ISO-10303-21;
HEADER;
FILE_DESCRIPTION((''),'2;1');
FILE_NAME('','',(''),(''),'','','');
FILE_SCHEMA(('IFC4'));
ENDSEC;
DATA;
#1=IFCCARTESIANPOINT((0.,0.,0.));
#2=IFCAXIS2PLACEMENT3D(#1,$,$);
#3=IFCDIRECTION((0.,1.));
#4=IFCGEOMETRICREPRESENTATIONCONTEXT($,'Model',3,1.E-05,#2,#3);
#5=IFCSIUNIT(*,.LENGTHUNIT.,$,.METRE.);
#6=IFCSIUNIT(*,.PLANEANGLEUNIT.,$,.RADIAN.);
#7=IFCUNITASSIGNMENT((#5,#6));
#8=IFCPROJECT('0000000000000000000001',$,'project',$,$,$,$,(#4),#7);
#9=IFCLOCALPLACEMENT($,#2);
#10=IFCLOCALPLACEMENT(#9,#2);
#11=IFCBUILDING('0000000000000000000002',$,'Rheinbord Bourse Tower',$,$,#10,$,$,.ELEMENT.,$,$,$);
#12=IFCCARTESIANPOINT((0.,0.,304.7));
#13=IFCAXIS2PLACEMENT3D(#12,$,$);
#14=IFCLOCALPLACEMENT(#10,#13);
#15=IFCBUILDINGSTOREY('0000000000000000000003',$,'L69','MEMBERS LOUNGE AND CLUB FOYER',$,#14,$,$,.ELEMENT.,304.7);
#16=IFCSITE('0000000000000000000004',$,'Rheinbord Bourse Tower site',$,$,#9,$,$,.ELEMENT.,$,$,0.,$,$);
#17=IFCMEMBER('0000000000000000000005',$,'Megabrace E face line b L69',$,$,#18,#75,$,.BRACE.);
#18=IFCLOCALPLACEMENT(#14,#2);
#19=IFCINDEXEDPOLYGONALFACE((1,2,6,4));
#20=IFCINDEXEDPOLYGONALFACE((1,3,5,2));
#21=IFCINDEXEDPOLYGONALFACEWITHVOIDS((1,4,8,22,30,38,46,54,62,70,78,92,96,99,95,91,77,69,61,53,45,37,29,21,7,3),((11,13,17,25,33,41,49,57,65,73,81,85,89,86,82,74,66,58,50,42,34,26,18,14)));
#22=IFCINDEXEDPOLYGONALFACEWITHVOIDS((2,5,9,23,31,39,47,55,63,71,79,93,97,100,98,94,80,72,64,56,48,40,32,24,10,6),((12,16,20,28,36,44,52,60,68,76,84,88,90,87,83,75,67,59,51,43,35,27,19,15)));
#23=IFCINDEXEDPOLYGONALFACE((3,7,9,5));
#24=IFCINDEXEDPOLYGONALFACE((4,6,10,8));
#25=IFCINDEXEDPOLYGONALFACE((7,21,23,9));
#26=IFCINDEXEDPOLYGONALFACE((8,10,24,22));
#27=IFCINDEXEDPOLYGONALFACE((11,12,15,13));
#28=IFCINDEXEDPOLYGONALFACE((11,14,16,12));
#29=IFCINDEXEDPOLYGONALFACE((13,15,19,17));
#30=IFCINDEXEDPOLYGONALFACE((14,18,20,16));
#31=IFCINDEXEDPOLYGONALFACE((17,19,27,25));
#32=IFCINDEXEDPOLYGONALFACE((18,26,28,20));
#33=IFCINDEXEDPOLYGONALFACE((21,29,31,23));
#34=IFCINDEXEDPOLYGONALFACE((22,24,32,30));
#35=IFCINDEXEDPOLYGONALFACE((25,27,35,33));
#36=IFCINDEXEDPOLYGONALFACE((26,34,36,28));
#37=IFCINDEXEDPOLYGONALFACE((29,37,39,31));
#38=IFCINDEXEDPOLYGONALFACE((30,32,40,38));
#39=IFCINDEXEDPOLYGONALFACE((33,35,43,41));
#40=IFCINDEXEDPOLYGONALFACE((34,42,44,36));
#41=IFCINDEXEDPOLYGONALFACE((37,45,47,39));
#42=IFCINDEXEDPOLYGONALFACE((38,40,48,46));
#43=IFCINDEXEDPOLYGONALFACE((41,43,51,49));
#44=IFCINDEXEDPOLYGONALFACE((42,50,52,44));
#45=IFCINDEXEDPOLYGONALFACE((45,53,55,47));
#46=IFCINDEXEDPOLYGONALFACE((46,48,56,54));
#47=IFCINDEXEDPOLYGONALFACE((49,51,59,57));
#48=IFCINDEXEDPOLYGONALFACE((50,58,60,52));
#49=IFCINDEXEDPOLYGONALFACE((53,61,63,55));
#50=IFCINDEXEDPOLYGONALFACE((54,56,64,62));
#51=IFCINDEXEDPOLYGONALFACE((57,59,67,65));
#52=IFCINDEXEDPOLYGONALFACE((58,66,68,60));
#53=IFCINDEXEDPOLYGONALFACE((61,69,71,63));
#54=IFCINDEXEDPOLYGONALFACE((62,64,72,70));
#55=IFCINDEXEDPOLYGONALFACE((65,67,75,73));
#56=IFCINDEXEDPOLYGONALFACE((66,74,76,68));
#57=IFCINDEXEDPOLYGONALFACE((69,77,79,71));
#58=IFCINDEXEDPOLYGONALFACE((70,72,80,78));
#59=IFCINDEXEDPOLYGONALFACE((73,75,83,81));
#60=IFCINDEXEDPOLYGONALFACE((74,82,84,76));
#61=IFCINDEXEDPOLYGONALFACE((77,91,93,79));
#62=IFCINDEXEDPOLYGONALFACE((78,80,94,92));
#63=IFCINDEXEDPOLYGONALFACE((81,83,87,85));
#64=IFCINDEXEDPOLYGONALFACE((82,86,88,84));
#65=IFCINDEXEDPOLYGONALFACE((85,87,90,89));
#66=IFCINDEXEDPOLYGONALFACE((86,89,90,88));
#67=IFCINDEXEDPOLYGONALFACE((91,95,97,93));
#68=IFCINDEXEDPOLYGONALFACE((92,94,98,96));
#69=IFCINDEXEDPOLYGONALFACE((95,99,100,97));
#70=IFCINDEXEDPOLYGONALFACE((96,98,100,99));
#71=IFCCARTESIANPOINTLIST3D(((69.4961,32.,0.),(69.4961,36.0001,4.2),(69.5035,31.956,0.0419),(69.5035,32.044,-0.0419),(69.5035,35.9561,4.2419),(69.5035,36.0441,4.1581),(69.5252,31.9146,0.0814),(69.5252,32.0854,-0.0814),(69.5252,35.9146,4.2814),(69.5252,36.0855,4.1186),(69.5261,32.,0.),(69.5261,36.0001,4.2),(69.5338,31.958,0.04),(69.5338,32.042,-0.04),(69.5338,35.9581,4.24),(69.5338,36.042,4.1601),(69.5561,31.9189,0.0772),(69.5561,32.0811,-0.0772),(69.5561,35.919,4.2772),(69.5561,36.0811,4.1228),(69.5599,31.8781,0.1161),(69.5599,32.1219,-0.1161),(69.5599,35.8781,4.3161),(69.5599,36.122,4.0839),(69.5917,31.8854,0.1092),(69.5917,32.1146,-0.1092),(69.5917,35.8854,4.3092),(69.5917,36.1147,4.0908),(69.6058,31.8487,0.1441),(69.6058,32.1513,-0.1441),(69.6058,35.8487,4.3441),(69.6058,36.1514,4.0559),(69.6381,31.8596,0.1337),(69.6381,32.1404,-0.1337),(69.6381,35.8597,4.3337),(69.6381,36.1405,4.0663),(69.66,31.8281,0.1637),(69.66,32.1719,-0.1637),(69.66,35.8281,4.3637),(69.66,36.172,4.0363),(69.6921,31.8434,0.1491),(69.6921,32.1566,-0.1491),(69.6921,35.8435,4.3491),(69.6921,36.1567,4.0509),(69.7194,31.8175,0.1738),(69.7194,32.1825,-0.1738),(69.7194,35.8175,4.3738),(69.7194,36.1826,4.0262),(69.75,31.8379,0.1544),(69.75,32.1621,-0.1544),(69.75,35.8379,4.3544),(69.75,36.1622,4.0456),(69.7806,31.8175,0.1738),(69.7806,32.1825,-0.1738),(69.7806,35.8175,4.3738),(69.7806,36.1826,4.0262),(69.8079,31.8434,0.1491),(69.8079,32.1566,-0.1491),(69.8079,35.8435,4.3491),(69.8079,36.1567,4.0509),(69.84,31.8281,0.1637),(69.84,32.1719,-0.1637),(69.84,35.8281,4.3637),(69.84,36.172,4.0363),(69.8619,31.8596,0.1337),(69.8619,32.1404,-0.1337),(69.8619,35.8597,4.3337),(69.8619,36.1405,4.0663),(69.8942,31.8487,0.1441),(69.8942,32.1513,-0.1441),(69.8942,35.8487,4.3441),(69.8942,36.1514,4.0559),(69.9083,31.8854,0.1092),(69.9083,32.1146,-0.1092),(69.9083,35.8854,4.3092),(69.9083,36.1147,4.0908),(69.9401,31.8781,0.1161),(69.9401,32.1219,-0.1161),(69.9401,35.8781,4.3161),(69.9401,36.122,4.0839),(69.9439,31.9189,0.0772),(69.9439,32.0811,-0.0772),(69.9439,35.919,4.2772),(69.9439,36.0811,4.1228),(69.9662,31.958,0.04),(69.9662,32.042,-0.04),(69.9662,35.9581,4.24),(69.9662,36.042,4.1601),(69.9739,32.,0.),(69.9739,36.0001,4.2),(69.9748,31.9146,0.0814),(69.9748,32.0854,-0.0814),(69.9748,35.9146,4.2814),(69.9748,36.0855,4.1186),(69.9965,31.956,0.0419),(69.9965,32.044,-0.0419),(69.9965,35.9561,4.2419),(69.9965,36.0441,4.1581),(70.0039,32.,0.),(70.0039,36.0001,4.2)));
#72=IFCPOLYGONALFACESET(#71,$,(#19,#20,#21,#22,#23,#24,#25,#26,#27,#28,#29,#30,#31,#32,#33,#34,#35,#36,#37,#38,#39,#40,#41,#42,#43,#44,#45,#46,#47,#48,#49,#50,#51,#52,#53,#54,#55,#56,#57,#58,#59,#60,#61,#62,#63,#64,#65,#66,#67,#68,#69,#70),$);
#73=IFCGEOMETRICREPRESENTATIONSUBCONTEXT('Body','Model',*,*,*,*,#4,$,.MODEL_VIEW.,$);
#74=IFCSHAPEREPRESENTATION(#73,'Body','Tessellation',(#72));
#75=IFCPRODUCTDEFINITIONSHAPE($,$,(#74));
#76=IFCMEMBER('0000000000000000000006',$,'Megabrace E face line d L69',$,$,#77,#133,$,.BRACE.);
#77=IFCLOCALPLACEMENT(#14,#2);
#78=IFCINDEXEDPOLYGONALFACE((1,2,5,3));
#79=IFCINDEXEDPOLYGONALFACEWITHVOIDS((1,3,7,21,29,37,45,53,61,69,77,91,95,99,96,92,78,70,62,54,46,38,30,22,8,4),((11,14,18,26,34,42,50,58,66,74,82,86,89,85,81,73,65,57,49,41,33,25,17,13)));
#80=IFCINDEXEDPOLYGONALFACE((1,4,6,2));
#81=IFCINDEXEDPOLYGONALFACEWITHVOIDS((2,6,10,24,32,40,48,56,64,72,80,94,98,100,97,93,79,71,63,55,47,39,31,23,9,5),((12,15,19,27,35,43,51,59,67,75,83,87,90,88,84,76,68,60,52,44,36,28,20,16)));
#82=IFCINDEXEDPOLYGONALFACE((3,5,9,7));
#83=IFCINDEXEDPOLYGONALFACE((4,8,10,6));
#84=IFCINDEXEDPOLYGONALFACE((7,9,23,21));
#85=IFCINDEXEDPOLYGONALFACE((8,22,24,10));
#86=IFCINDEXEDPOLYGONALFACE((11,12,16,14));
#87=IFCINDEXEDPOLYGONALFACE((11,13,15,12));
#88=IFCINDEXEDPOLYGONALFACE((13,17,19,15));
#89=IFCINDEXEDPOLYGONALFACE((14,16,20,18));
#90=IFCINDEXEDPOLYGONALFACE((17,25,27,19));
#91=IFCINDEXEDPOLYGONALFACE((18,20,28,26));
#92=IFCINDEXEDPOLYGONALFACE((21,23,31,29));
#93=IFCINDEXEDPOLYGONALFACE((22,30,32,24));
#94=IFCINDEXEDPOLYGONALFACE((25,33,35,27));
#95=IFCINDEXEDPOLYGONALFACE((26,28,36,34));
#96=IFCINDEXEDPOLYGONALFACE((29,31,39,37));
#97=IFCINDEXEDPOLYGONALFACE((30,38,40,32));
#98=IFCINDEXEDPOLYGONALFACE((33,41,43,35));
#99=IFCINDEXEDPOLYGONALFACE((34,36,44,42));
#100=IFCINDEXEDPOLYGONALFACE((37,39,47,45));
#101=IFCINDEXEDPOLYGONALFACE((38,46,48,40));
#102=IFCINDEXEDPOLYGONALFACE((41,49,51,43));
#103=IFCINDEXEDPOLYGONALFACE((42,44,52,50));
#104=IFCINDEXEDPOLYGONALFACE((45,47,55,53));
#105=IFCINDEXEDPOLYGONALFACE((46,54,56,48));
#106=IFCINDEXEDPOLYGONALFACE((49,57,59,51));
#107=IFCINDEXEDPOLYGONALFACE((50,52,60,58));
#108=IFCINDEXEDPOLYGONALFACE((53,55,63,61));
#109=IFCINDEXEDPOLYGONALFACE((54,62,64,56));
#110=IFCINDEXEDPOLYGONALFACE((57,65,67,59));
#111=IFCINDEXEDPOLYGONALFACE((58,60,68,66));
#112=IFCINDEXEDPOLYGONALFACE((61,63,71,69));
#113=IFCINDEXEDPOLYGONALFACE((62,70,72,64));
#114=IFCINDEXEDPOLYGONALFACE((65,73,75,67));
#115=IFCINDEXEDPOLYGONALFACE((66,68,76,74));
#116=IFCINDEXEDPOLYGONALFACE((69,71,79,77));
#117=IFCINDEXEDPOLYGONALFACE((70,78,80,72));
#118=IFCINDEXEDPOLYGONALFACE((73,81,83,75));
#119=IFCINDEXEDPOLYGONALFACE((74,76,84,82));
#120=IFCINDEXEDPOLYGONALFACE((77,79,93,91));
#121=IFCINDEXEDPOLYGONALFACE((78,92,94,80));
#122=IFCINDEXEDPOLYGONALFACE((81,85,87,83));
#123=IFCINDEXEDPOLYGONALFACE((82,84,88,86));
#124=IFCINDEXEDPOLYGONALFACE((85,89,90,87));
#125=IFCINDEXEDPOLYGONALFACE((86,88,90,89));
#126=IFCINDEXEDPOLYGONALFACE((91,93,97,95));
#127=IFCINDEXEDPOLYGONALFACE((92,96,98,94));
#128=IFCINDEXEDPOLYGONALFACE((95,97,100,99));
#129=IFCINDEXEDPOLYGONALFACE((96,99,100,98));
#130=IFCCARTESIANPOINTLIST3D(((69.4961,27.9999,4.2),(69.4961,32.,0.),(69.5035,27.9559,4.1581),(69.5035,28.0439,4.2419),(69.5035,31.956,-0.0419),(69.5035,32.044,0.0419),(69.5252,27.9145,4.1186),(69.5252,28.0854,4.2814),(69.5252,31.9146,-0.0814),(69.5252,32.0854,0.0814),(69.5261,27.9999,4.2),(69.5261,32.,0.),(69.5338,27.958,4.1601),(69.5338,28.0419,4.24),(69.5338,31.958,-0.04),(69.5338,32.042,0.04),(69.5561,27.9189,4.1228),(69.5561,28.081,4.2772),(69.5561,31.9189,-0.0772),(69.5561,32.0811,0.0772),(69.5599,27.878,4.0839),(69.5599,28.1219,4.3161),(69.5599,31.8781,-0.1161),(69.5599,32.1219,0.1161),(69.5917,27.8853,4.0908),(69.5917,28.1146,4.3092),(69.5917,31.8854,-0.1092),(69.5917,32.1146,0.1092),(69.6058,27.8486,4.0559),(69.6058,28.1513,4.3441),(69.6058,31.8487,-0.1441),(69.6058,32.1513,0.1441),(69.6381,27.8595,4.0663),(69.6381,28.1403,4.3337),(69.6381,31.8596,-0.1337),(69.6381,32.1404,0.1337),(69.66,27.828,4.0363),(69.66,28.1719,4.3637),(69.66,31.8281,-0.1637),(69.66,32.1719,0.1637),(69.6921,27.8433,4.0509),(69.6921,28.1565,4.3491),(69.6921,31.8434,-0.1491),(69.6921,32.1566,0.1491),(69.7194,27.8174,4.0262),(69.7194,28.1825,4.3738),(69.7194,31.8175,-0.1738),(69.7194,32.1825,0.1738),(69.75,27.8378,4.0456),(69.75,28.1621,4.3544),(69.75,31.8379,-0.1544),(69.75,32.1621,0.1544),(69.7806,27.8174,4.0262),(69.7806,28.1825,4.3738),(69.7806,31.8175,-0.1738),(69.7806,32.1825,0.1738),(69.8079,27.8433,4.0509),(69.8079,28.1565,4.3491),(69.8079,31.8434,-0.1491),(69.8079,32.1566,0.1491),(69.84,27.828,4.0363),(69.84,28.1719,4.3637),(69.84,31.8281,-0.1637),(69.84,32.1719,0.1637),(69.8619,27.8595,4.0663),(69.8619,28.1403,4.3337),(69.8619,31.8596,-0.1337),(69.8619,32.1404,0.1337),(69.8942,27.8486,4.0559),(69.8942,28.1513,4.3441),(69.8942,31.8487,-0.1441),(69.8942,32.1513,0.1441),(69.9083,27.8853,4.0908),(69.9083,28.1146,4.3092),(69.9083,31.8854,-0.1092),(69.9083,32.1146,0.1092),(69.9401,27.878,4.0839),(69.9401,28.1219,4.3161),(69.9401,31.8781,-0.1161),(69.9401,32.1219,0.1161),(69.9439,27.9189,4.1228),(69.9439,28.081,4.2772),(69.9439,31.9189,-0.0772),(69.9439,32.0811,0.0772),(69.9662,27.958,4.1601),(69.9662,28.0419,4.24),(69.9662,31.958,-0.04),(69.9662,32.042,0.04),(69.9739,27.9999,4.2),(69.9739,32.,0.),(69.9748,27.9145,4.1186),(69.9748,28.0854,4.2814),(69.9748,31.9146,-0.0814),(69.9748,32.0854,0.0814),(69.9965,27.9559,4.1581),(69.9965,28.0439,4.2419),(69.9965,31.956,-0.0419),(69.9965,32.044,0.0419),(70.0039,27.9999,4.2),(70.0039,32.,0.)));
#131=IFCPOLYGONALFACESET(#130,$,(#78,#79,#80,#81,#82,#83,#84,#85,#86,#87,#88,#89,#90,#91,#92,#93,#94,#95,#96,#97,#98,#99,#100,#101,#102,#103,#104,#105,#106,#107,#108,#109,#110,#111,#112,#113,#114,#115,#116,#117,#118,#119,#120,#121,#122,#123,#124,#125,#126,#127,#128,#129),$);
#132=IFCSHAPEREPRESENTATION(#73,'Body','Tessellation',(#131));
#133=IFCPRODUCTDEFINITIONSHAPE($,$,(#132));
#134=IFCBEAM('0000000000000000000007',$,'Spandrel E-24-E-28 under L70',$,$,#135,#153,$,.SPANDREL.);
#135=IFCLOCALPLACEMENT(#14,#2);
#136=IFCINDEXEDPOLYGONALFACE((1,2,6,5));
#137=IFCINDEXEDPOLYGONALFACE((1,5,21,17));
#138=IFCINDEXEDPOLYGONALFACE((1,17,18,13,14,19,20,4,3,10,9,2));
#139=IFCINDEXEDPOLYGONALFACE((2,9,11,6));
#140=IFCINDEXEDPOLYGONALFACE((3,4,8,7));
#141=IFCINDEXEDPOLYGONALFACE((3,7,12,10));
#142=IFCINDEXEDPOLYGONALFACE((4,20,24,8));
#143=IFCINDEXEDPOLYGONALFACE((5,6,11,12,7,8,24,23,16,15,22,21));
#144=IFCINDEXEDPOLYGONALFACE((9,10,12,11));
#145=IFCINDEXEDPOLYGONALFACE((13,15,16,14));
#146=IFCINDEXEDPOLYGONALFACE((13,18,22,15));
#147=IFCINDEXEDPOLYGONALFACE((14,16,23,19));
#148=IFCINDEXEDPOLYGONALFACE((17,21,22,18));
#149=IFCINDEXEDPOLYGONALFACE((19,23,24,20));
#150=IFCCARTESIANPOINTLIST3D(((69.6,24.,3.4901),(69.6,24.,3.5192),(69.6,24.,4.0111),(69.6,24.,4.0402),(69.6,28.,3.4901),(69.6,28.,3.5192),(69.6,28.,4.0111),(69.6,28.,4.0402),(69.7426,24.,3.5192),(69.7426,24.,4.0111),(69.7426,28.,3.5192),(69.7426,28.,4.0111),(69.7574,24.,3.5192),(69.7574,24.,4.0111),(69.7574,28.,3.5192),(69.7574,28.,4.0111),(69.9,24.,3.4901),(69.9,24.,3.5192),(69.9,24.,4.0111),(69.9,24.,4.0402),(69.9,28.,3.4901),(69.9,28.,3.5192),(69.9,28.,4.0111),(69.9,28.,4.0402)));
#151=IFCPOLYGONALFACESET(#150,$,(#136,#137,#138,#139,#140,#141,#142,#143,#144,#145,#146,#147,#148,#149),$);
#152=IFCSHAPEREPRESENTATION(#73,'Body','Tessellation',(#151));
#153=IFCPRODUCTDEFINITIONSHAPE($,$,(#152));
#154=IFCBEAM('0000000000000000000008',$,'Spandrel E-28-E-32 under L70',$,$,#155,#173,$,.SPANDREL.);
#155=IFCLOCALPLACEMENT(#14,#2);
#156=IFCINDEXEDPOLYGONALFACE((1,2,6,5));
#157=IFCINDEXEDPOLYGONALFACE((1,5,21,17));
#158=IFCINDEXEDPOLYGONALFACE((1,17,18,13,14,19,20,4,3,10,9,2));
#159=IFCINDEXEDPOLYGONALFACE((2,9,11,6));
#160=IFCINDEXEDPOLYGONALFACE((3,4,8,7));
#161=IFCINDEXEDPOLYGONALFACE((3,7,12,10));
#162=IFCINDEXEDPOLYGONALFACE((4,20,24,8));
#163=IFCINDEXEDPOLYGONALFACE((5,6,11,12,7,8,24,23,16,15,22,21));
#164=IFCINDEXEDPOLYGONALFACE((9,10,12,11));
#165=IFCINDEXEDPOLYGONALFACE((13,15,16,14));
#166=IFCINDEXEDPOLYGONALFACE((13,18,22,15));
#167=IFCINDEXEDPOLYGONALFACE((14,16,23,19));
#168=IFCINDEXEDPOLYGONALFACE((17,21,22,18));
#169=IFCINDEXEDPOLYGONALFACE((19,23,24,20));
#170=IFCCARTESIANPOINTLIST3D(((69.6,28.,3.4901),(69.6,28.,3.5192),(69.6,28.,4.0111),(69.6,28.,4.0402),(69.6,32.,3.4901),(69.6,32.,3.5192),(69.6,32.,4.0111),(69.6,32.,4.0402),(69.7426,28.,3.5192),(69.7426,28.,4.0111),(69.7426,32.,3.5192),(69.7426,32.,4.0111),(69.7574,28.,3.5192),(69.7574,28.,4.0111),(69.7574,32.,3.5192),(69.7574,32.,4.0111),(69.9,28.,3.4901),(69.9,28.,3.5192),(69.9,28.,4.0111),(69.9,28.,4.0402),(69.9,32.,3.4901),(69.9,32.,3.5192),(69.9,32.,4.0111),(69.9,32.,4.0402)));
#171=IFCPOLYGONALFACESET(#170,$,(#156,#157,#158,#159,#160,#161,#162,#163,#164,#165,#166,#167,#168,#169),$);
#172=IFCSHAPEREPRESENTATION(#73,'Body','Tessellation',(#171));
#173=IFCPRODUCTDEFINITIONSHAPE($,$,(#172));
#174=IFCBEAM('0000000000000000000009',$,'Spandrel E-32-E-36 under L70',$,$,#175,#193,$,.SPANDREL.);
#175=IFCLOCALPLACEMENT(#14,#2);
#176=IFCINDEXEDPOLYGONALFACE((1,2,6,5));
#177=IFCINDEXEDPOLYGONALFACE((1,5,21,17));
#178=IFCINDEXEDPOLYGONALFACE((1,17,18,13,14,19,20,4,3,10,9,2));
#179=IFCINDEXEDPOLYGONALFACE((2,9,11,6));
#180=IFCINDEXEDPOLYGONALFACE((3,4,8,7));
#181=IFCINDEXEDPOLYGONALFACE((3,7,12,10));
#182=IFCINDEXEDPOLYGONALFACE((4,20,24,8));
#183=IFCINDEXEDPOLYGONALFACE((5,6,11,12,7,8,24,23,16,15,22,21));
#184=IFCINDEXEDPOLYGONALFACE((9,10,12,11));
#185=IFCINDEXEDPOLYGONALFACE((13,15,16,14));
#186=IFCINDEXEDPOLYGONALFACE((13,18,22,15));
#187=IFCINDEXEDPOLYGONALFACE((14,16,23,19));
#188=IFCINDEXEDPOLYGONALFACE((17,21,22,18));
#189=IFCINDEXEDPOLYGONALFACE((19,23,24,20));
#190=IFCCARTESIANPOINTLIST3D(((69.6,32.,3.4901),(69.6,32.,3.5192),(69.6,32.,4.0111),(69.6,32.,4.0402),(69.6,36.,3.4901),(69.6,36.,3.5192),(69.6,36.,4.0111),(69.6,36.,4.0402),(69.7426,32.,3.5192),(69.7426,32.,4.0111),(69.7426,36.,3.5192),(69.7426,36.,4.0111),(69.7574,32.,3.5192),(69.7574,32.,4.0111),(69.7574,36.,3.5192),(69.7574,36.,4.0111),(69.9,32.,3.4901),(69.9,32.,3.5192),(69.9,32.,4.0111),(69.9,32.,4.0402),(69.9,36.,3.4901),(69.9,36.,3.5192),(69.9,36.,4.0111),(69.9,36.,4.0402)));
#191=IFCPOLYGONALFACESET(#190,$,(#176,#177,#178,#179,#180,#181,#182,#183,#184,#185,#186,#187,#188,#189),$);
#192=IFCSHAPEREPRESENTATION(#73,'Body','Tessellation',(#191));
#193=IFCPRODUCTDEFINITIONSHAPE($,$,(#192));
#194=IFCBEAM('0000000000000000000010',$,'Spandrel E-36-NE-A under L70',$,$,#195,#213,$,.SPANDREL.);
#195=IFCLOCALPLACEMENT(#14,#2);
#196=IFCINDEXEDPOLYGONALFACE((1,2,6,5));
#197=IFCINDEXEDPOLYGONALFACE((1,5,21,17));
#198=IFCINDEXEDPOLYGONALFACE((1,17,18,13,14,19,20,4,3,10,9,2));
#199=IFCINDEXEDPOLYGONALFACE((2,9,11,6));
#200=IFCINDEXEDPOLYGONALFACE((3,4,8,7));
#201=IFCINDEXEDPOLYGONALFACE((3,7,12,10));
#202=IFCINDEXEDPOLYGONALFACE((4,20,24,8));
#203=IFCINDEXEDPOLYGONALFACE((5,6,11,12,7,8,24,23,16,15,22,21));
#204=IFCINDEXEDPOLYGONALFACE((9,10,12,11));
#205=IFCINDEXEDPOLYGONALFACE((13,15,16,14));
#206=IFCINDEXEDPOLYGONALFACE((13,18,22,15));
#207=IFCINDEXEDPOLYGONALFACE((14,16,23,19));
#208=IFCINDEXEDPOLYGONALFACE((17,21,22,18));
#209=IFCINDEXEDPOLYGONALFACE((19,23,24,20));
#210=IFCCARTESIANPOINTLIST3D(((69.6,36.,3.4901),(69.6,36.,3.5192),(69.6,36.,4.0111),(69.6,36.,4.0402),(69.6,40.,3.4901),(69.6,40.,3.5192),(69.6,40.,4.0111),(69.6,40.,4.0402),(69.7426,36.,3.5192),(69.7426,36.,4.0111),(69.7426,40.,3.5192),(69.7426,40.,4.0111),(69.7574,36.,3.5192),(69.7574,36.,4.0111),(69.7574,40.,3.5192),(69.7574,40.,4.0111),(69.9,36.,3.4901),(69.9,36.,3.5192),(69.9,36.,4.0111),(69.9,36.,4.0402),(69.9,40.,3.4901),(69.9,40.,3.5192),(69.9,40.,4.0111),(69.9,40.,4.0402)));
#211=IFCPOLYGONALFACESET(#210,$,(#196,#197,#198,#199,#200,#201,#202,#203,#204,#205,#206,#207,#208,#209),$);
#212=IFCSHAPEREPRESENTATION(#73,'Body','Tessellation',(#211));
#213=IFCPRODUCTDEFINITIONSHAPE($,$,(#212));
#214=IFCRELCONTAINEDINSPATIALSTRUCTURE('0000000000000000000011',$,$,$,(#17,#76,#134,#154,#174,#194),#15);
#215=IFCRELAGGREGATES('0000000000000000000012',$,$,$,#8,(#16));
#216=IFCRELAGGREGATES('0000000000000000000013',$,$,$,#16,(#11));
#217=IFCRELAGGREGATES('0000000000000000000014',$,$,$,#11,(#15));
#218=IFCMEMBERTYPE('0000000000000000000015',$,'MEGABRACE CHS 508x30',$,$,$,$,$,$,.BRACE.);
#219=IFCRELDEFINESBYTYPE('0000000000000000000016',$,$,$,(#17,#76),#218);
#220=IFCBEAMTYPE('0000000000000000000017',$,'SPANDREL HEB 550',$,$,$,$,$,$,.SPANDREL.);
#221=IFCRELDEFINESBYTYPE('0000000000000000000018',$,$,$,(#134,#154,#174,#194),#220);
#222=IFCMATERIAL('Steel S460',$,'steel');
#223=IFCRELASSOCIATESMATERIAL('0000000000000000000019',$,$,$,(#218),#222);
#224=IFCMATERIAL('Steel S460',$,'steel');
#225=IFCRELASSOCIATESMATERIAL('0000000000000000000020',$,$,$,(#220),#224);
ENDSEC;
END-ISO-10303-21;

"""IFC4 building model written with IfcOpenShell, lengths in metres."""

from ifc_helpers import new_model, si_unit, direction, frame, origin, origin_2d, place, context, subcontext, project, spatial, hollow_circle, i_section, extrude, material, material_profile, profile_set, type_object, element, save


model = new_model("IFC4")

# Units and contexts
model_context = context("Model", 3, precision=1e-05, world=origin(), true_north=direction((0.0, 1.0)))
body_context = subcontext(model_context, "Body", "Model", "MODEL_VIEW")
ifc_project = project(units=[si_unit("LENGTHUNIT", "METRE"), si_unit("PLANEANGLEUNIT", "RADIAN")], contexts=[model_context])

# Site, building, storey
site_placement = place(None, origin())
site = spatial("IfcSite", under=ifc_project, at=site_placement, Name="Rheinbord Bourse Tower site", CompositionType="ELEMENT", RefElevation=0.0)
building_placement = place(site_placement, origin())
building = spatial("IfcBuilding", under=site, at=building_placement, Name="Rheinbord Bourse Tower", CompositionType="ELEMENT")
storey_placement = place(building_placement, frame((0.0, 0.0, 304.7)))
storey = spatial("IfcBuildingStorey", under=building, at=storey_placement, Name="L69", Description="MEMBERS LOUNGE AND CLUB FOYER", CompositionType="ELEMENT", Elevation=304.7)

# Members
ifc_material_1 = material(Name="Steel S460", Category="steel")
ifc_material_profile_1 = material_profile(ifc_material_1, hollow_circle(Radius=0.2539, WallThickness=0.03, at=origin_2d()), Name="CHS 508x30")
ifc_profile_set_1 = profile_set([ifc_material_profile_1], Name="Steel S460")
member_type_1 = type_object("IfcMemberType", Name="MEGABRACE CHS 508x30", PredefinedType="BRACE", material=ifc_profile_set_1)
for number, where, z_axis, x_axis, name in (
    (1, (69.75, 32.0, 0.0), (0.0, 0.689659, 0.724134), (-1.0, 0.0, 0.0), "Megabrace E face line b L69"),
    (2, (69.75, 32.0, 0.0), (0.0, -0.689659, 0.724134), (1.0, 0.0, 0.0), "Megabrace E face line d L69"),
):
    element("IfcMember", number, at=place(storey_placement, frame(where, z_axis=z_axis, x_axis=x_axis)), inside=storey, type_object=member_type_1, Name=name, PredefinedType="BRACE", context=body_context, shape_type="SweptSolid", body=[
        extrude(hollow_circle(Radius=0.2539, WallThickness=0.03, at=origin_2d()), origin(), (0.0, 0.0, 1.0), 5.8),
    ])

# Beams
ifc_material_2 = material(Name="Steel S460", Category="steel")
ifc_material_profile_2 = material_profile(ifc_material_2, i_section(OverallWidth=0.3, OverallDepth=0.55, WebThickness=0.0149, FlangeThickness=0.0291, at=origin_2d()), Name="HEB 550")
ifc_profile_set_2 = profile_set([ifc_material_profile_2], Name="Steel S460")
beam_type_1 = type_object("IfcBeamType", Name="SPANDREL HEB 550", PredefinedType="SPANDREL", material=ifc_profile_set_2)
for number, where, z_axis, x_axis, name in (
    (3, (69.75, 24.0, 3.7651), (0.0, 1.0, 0.0), (-1.0, 0.0, 0.0), "Spandrel E-24-E-28 under L70"),
    (4, (69.75, 28.0, 3.7651), (0.0, 1.0, 0.0), (-1.0, 0.0, 0.0), "Spandrel E-28-E-32 under L70"),
    (5, (69.75, 32.0, 3.7651), (0.0, 1.0, 0.0), (-1.0, 0.0, 0.0), "Spandrel E-32-E-36 under L70"),
    (6, (69.75, 36.0, 3.7651), (0.0, 1.0, 0.0), (-1.0, 0.0, 0.0), "Spandrel E-36-NE-A under L70"),
):
    element("IfcBeam", number, at=place(storey_placement, frame(where, z_axis=z_axis, x_axis=x_axis)), inside=storey, type_object=beam_type_1, Name=name, PredefinedType="SPANDREL", context=body_context, shape_type="SweptSolid", body=[
        extrude(i_section(OverallWidth=0.3, OverallDepth=0.55, WebThickness=0.0149, FlangeThickness=0.0291, at=origin_2d()), origin(), (0.0, 0.0, 1.0), 4.0),
    ])

save(model, "model.ifc")
